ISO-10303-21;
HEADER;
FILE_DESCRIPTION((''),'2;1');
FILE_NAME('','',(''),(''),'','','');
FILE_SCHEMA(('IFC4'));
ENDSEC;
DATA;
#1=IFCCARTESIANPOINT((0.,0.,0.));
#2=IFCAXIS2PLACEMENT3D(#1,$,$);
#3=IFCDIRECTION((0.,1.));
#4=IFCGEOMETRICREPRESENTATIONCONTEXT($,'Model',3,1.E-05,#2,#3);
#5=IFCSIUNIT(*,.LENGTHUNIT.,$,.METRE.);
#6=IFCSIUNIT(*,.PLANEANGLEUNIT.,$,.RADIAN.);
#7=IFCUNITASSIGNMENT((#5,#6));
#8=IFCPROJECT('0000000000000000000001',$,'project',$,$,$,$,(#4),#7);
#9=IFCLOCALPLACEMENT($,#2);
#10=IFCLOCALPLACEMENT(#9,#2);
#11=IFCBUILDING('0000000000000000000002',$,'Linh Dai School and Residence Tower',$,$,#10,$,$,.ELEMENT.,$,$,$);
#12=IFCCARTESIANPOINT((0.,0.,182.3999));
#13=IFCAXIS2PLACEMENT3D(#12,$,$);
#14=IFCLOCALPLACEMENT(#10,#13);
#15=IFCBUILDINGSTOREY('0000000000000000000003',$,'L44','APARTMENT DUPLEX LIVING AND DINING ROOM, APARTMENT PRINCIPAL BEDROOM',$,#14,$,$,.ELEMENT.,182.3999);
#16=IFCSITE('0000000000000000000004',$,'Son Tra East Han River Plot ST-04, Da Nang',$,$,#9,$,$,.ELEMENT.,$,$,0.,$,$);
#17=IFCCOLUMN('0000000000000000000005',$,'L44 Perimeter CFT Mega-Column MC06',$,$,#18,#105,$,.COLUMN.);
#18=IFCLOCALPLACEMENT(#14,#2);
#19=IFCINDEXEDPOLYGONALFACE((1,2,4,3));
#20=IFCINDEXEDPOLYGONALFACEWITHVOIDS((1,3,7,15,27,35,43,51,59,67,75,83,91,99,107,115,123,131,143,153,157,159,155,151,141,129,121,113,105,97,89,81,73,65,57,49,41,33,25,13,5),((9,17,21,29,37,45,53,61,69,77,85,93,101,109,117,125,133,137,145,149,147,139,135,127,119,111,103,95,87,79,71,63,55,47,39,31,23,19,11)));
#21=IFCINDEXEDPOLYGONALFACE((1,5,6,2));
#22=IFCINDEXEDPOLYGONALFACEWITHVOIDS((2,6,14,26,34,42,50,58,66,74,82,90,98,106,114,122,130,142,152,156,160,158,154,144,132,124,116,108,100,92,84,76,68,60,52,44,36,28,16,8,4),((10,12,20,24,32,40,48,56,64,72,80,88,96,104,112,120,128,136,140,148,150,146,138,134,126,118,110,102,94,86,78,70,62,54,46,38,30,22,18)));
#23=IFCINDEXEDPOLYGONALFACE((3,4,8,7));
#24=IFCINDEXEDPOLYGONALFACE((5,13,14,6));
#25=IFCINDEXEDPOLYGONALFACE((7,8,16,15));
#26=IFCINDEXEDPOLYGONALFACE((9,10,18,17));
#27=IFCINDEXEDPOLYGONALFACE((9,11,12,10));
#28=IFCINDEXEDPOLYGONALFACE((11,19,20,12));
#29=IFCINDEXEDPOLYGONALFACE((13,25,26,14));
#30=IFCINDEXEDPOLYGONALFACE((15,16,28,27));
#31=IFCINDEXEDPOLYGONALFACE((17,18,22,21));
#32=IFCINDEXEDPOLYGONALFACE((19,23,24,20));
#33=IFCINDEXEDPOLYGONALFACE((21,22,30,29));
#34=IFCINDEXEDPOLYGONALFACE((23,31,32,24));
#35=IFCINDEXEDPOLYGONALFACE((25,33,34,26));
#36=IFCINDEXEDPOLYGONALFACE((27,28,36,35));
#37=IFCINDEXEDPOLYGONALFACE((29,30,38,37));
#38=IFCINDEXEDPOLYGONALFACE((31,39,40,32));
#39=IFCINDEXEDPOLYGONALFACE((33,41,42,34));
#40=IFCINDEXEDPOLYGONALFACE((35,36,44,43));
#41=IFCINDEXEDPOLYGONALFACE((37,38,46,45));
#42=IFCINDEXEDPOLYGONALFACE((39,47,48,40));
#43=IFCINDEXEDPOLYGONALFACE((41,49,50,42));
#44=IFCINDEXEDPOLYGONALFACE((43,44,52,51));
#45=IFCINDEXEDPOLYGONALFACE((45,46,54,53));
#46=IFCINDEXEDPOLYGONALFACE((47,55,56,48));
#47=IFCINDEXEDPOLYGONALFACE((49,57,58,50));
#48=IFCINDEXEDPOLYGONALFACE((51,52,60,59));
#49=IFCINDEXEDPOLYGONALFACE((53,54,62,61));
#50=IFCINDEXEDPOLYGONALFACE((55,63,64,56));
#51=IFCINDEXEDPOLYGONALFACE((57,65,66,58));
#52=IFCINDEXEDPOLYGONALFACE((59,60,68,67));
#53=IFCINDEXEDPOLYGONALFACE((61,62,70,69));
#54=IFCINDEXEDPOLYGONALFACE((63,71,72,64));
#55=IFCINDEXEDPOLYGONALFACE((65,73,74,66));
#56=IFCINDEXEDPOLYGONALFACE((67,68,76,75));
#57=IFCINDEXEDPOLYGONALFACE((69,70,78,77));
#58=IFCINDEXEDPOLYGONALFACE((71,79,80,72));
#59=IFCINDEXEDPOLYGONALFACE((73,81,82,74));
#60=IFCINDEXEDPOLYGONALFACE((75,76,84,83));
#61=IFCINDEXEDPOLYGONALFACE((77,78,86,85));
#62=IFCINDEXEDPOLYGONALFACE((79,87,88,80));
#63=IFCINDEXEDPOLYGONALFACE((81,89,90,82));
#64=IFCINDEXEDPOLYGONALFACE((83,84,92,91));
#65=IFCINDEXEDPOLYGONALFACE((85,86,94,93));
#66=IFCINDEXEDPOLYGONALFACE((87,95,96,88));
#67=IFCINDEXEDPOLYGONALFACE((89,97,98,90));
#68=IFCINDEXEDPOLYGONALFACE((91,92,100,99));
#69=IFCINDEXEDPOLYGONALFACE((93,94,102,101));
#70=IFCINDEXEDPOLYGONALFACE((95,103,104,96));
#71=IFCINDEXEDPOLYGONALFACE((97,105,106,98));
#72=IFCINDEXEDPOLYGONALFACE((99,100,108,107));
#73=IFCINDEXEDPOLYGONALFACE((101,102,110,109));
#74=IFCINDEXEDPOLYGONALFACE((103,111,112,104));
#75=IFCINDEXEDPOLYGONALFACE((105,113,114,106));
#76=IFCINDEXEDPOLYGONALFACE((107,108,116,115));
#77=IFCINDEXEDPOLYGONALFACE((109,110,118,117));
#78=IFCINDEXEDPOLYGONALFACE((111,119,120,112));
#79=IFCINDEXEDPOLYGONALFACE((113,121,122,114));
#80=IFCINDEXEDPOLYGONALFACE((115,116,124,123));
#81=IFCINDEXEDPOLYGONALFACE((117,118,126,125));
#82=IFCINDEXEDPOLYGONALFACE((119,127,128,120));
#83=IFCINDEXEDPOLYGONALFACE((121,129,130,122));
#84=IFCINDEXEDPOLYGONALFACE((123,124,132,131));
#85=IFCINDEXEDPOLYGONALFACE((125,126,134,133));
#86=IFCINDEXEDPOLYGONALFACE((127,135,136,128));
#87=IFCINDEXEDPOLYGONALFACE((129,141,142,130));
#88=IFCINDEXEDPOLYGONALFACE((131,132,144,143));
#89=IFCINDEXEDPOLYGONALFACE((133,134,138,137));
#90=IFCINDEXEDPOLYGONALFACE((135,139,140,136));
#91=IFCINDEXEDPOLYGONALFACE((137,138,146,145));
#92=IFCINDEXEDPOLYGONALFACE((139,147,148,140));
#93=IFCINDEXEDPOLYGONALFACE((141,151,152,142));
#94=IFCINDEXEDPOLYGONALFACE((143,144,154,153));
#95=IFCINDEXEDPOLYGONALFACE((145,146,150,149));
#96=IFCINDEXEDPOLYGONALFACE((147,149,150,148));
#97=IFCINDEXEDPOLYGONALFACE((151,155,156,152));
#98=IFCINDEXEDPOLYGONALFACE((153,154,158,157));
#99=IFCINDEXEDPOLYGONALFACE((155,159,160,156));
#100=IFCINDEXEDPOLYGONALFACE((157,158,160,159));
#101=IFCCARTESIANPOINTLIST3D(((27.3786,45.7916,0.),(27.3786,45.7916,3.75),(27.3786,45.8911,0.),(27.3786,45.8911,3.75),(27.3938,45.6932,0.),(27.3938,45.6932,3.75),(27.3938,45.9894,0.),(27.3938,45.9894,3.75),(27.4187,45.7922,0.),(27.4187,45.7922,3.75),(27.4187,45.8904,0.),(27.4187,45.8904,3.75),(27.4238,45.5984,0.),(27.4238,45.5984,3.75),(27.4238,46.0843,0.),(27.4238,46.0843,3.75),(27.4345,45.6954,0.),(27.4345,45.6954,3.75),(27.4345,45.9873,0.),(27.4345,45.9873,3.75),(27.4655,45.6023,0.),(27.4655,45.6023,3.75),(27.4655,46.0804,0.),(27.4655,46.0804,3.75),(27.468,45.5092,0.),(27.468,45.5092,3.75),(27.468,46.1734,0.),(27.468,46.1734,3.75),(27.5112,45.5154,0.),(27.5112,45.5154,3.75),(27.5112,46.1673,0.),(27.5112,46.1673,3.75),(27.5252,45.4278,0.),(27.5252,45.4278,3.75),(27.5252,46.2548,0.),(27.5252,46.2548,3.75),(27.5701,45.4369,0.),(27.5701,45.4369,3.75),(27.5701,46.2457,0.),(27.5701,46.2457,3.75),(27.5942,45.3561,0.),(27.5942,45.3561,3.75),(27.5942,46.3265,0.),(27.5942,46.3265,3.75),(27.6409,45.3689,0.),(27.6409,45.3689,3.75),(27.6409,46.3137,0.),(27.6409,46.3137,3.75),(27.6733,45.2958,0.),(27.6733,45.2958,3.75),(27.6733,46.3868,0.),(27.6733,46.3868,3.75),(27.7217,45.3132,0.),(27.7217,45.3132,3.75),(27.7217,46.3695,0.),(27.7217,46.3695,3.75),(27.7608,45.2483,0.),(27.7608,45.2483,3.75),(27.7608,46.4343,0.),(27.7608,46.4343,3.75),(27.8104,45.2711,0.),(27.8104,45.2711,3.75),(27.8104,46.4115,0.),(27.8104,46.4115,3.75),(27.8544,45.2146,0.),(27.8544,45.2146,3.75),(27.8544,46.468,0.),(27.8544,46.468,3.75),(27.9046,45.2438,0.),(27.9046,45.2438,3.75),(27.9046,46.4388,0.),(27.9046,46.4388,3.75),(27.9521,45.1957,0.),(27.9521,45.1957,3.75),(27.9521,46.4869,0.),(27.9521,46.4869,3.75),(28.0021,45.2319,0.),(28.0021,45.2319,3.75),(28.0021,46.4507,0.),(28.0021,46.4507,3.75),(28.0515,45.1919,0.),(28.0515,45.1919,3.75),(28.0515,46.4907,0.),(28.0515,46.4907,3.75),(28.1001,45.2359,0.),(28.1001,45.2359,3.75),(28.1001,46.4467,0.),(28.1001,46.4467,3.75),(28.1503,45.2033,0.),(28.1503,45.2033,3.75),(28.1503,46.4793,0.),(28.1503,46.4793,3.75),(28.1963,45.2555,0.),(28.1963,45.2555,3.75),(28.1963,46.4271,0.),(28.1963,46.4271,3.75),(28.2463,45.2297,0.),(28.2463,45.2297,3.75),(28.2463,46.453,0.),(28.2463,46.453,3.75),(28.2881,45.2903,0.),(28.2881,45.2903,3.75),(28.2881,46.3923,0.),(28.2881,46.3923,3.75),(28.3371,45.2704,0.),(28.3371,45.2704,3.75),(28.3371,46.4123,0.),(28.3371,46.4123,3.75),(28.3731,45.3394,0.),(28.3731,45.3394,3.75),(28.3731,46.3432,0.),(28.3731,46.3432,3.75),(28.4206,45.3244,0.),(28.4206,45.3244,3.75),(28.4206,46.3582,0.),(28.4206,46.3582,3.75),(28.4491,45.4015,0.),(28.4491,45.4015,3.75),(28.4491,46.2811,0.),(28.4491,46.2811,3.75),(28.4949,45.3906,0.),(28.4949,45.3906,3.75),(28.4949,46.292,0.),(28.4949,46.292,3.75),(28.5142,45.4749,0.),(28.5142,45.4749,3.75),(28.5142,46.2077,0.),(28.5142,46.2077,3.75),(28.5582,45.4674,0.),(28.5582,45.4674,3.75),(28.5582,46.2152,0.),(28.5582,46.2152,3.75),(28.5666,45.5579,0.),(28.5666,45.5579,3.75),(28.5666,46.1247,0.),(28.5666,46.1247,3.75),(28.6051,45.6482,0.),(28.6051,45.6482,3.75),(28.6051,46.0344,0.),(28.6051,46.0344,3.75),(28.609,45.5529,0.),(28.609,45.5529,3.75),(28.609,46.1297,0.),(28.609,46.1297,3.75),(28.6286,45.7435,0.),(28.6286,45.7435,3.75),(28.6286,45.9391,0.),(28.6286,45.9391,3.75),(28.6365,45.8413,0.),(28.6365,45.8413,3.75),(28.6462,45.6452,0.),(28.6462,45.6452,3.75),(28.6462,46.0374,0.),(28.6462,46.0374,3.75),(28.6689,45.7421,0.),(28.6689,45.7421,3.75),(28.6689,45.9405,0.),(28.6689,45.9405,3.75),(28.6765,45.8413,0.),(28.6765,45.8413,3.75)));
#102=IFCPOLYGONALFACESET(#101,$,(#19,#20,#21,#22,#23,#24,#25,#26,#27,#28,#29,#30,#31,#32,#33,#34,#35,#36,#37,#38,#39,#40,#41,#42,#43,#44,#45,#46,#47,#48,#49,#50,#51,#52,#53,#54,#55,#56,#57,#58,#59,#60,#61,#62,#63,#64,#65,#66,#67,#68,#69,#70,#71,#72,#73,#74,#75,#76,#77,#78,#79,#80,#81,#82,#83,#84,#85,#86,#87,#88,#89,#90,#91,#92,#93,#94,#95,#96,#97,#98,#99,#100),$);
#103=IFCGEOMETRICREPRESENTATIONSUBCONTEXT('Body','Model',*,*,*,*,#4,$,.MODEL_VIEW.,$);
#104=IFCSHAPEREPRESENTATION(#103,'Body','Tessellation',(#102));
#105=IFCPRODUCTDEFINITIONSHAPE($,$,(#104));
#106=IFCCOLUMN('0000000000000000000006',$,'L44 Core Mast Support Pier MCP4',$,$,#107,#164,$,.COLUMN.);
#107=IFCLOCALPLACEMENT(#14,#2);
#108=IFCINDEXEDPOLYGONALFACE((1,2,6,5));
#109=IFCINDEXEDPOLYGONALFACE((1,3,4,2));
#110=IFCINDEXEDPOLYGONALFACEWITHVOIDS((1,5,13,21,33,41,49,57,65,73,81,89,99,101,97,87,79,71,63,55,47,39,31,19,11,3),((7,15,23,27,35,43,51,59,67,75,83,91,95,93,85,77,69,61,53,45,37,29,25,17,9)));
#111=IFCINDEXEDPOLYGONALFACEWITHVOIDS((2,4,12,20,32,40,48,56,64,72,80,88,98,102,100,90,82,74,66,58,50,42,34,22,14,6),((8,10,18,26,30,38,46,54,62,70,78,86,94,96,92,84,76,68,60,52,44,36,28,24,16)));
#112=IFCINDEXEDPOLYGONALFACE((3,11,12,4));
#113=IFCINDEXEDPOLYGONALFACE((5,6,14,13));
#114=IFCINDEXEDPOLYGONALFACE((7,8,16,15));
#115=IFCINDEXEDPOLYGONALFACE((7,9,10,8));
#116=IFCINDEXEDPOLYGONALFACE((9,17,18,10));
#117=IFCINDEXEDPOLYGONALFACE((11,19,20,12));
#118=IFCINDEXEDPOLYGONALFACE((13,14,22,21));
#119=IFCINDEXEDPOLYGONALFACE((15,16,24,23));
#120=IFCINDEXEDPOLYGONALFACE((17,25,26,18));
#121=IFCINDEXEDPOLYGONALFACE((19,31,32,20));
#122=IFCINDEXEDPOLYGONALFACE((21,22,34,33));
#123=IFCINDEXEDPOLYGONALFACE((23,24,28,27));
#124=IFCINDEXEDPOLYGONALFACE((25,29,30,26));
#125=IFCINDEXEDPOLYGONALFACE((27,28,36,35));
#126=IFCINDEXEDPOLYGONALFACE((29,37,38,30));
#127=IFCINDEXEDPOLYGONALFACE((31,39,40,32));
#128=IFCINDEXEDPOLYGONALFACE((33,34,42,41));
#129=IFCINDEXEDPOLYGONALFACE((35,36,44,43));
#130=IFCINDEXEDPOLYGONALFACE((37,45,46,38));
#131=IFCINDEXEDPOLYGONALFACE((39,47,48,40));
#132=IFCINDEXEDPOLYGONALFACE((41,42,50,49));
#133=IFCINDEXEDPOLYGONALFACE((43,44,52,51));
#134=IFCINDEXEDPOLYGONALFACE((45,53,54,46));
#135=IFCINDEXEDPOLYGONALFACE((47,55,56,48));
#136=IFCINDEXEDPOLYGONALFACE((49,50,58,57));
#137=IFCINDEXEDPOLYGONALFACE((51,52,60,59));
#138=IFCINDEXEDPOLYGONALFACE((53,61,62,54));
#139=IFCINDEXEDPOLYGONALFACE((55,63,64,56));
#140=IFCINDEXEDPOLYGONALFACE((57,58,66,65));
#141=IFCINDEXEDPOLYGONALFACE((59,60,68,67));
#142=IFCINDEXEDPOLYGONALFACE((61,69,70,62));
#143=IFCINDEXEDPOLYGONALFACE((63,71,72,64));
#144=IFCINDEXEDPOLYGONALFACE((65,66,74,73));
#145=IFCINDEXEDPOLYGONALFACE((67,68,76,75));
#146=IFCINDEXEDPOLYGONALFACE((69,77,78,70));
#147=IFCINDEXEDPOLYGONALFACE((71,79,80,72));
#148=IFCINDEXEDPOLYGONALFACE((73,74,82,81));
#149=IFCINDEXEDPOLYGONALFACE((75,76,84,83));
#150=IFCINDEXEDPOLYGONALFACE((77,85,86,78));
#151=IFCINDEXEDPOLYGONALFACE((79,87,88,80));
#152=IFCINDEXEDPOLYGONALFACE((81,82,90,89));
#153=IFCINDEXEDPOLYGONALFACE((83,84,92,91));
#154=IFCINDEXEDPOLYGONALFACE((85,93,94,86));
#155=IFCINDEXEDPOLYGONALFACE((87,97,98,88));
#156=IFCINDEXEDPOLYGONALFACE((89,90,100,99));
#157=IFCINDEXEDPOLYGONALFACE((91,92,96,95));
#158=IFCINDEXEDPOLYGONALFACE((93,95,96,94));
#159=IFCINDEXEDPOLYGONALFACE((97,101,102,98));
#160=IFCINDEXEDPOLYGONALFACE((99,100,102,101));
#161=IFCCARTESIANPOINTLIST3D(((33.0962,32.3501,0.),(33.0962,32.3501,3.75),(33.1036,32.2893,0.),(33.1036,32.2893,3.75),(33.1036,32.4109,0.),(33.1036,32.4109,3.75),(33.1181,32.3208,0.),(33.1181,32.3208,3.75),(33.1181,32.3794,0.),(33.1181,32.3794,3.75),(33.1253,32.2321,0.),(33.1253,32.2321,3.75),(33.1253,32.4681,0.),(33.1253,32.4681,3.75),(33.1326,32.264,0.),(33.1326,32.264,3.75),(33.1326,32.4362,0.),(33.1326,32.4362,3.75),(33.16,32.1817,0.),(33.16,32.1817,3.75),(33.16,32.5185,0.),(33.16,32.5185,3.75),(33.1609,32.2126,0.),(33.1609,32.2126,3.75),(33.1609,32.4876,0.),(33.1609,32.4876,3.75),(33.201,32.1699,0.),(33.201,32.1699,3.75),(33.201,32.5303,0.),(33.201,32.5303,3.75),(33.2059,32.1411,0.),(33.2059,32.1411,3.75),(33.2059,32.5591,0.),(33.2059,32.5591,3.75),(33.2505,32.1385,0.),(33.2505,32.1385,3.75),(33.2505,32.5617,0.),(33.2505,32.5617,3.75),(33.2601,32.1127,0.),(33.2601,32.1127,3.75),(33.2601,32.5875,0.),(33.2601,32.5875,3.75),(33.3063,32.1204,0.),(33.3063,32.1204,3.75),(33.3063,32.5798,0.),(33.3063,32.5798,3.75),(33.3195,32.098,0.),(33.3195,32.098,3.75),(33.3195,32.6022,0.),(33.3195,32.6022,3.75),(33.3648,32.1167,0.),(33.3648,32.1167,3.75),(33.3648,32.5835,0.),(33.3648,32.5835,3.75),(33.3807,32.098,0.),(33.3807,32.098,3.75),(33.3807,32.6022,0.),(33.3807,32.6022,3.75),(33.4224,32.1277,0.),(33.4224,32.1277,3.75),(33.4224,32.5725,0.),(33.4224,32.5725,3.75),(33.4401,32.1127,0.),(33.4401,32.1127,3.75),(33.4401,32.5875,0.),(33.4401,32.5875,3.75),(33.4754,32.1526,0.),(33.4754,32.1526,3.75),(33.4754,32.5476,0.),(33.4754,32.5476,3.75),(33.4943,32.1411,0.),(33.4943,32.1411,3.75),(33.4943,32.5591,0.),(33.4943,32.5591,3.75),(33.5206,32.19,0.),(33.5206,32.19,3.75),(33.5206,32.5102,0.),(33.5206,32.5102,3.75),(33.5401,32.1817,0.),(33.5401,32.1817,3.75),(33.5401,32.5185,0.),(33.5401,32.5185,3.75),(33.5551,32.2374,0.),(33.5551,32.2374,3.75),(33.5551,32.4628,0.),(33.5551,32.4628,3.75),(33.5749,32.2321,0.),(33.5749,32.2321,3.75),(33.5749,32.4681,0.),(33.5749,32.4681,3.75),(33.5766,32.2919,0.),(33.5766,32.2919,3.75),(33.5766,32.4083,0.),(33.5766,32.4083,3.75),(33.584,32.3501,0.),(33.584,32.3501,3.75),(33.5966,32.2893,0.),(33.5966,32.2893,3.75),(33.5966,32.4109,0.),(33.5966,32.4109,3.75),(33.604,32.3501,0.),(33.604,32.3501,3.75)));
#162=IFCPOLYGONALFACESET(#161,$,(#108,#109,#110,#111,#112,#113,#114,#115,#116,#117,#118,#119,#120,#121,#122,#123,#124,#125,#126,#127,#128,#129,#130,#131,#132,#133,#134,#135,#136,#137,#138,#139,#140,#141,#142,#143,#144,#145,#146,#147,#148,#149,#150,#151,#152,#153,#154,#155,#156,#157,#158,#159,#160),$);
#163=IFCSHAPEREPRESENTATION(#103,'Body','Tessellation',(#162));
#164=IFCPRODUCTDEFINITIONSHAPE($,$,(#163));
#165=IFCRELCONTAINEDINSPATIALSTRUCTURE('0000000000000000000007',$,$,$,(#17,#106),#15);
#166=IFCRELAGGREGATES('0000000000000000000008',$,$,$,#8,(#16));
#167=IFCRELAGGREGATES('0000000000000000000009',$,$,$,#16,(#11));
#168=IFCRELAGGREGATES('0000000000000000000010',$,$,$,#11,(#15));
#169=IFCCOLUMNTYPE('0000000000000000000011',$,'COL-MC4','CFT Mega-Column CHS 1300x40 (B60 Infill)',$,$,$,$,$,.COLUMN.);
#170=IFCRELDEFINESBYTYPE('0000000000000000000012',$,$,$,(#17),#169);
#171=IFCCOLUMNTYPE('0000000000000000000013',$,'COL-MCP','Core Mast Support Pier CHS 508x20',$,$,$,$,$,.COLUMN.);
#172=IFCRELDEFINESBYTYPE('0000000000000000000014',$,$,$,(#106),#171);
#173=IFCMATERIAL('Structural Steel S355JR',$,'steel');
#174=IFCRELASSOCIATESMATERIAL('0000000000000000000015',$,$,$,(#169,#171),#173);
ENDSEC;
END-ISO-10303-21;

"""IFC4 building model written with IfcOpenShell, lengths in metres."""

from ifc_helpers import new_model, si_unit, direction, frame, origin, origin_2d, place, context, subcontext, project, spatial, hollow_circle, extrude, material, material_profile, profile_set, type_object, element, save


model = new_model("IFC4")

# Units and contexts
model_context = context("Model", 3, precision=1e-05, world=origin(), true_north=direction((0.0, 1.0)))
body_context = subcontext(model_context, "Body", "Model", "MODEL_VIEW")
ifc_project = project(units=[si_unit("LENGTHUNIT", "METRE"), si_unit("PLANEANGLEUNIT", "RADIAN")], contexts=[model_context])

# Site, building, storey
site_placement = place(None, origin())
site = spatial("IfcSite", under=ifc_project, at=site_placement, Name="Son Tra East Han River Plot ST-04, Da Nang", CompositionType="ELEMENT", RefElevation=0.0)
building_placement = place(site_placement, origin())
building = spatial("IfcBuilding", under=site, at=building_placement, Name="Linh Dai School and Residence Tower", CompositionType="ELEMENT")
storey_placement = place(building_placement, frame((0.0, 0.0, 182.3999)))
storey = spatial("IfcBuildingStorey", under=building, at=storey_placement, Name="L44", Description="APARTMENT DUPLEX LIVING AND DINING ROOM, APARTMENT PRINCIPAL BEDROOM", CompositionType="ELEMENT", Elevation=182.3999)

# Columns
ifc_material_1 = material(Name="Structural Steel S355JR", Category="steel")
ifc_material_profile_1 = material_profile(ifc_material_1, hollow_circle(Radius=0.6499, WallThickness=0.04, at=origin_2d()), Name="CHS 1300x40")
ifc_profile_set_1 = profile_set([ifc_material_profile_1], Name="Structural Steel S355JR")
column_type_1 = type_object("IfcColumnType", Name="COL-MC4", Description="CFT Mega-Column CHS 1300x40 (B60 Infill)", PredefinedType="COLUMN", material=ifc_profile_set_1)
for number, where, z_axis, x_axis, name in (
    (1, (28.0266, 45.8413, 0.0), (0.0, 0.0, 1.0), (1.0, 0.0, 0.0), "L44 Perimeter CFT Mega-Column MC06"),
):
    element("IfcColumn", number, at=place(storey_placement, frame(where, z_axis=z_axis, x_axis=x_axis)), inside=storey, type_object=column_type_1, Name=name, PredefinedType="COLUMN", context=body_context, shape_type="SweptSolid", body=[
        extrude(hollow_circle(Radius=0.6499, WallThickness=0.04, at=origin_2d()), origin(), (0.0, 0.0, 1.0), 3.75),
    ])
ifc_material_profile_2 = material_profile(ifc_material_1, hollow_circle(Radius=0.2539, WallThickness=0.02, at=origin_2d()), Name="CHS 508x20")
ifc_profile_set_2 = profile_set([ifc_material_profile_2], Name="Structural Steel S355JR")
column_type_2 = type_object("IfcColumnType", Name="COL-MCP", Description="Core Mast Support Pier CHS 508x20", PredefinedType="COLUMN", material=ifc_profile_set_2)
column_1_placement = place(storey_placement, frame((33.3501, 32.3501, 0.0), z_axis=(0.0, 0.0, 1.0), x_axis=(1.0, 0.0, 0.0)))
element("IfcColumn", 2, at=column_1_placement, inside=storey, type_object=column_type_2, Name="L44 Core Mast Support Pier MCP4", PredefinedType="COLUMN", context=body_context, shape_type="SweptSolid", body=[
    extrude(hollow_circle(Radius=0.2539, WallThickness=0.02, at=origin_2d()), origin(), (0.0, 0.0, 1.0), 3.75),
])

save(model, "model.ifc")
